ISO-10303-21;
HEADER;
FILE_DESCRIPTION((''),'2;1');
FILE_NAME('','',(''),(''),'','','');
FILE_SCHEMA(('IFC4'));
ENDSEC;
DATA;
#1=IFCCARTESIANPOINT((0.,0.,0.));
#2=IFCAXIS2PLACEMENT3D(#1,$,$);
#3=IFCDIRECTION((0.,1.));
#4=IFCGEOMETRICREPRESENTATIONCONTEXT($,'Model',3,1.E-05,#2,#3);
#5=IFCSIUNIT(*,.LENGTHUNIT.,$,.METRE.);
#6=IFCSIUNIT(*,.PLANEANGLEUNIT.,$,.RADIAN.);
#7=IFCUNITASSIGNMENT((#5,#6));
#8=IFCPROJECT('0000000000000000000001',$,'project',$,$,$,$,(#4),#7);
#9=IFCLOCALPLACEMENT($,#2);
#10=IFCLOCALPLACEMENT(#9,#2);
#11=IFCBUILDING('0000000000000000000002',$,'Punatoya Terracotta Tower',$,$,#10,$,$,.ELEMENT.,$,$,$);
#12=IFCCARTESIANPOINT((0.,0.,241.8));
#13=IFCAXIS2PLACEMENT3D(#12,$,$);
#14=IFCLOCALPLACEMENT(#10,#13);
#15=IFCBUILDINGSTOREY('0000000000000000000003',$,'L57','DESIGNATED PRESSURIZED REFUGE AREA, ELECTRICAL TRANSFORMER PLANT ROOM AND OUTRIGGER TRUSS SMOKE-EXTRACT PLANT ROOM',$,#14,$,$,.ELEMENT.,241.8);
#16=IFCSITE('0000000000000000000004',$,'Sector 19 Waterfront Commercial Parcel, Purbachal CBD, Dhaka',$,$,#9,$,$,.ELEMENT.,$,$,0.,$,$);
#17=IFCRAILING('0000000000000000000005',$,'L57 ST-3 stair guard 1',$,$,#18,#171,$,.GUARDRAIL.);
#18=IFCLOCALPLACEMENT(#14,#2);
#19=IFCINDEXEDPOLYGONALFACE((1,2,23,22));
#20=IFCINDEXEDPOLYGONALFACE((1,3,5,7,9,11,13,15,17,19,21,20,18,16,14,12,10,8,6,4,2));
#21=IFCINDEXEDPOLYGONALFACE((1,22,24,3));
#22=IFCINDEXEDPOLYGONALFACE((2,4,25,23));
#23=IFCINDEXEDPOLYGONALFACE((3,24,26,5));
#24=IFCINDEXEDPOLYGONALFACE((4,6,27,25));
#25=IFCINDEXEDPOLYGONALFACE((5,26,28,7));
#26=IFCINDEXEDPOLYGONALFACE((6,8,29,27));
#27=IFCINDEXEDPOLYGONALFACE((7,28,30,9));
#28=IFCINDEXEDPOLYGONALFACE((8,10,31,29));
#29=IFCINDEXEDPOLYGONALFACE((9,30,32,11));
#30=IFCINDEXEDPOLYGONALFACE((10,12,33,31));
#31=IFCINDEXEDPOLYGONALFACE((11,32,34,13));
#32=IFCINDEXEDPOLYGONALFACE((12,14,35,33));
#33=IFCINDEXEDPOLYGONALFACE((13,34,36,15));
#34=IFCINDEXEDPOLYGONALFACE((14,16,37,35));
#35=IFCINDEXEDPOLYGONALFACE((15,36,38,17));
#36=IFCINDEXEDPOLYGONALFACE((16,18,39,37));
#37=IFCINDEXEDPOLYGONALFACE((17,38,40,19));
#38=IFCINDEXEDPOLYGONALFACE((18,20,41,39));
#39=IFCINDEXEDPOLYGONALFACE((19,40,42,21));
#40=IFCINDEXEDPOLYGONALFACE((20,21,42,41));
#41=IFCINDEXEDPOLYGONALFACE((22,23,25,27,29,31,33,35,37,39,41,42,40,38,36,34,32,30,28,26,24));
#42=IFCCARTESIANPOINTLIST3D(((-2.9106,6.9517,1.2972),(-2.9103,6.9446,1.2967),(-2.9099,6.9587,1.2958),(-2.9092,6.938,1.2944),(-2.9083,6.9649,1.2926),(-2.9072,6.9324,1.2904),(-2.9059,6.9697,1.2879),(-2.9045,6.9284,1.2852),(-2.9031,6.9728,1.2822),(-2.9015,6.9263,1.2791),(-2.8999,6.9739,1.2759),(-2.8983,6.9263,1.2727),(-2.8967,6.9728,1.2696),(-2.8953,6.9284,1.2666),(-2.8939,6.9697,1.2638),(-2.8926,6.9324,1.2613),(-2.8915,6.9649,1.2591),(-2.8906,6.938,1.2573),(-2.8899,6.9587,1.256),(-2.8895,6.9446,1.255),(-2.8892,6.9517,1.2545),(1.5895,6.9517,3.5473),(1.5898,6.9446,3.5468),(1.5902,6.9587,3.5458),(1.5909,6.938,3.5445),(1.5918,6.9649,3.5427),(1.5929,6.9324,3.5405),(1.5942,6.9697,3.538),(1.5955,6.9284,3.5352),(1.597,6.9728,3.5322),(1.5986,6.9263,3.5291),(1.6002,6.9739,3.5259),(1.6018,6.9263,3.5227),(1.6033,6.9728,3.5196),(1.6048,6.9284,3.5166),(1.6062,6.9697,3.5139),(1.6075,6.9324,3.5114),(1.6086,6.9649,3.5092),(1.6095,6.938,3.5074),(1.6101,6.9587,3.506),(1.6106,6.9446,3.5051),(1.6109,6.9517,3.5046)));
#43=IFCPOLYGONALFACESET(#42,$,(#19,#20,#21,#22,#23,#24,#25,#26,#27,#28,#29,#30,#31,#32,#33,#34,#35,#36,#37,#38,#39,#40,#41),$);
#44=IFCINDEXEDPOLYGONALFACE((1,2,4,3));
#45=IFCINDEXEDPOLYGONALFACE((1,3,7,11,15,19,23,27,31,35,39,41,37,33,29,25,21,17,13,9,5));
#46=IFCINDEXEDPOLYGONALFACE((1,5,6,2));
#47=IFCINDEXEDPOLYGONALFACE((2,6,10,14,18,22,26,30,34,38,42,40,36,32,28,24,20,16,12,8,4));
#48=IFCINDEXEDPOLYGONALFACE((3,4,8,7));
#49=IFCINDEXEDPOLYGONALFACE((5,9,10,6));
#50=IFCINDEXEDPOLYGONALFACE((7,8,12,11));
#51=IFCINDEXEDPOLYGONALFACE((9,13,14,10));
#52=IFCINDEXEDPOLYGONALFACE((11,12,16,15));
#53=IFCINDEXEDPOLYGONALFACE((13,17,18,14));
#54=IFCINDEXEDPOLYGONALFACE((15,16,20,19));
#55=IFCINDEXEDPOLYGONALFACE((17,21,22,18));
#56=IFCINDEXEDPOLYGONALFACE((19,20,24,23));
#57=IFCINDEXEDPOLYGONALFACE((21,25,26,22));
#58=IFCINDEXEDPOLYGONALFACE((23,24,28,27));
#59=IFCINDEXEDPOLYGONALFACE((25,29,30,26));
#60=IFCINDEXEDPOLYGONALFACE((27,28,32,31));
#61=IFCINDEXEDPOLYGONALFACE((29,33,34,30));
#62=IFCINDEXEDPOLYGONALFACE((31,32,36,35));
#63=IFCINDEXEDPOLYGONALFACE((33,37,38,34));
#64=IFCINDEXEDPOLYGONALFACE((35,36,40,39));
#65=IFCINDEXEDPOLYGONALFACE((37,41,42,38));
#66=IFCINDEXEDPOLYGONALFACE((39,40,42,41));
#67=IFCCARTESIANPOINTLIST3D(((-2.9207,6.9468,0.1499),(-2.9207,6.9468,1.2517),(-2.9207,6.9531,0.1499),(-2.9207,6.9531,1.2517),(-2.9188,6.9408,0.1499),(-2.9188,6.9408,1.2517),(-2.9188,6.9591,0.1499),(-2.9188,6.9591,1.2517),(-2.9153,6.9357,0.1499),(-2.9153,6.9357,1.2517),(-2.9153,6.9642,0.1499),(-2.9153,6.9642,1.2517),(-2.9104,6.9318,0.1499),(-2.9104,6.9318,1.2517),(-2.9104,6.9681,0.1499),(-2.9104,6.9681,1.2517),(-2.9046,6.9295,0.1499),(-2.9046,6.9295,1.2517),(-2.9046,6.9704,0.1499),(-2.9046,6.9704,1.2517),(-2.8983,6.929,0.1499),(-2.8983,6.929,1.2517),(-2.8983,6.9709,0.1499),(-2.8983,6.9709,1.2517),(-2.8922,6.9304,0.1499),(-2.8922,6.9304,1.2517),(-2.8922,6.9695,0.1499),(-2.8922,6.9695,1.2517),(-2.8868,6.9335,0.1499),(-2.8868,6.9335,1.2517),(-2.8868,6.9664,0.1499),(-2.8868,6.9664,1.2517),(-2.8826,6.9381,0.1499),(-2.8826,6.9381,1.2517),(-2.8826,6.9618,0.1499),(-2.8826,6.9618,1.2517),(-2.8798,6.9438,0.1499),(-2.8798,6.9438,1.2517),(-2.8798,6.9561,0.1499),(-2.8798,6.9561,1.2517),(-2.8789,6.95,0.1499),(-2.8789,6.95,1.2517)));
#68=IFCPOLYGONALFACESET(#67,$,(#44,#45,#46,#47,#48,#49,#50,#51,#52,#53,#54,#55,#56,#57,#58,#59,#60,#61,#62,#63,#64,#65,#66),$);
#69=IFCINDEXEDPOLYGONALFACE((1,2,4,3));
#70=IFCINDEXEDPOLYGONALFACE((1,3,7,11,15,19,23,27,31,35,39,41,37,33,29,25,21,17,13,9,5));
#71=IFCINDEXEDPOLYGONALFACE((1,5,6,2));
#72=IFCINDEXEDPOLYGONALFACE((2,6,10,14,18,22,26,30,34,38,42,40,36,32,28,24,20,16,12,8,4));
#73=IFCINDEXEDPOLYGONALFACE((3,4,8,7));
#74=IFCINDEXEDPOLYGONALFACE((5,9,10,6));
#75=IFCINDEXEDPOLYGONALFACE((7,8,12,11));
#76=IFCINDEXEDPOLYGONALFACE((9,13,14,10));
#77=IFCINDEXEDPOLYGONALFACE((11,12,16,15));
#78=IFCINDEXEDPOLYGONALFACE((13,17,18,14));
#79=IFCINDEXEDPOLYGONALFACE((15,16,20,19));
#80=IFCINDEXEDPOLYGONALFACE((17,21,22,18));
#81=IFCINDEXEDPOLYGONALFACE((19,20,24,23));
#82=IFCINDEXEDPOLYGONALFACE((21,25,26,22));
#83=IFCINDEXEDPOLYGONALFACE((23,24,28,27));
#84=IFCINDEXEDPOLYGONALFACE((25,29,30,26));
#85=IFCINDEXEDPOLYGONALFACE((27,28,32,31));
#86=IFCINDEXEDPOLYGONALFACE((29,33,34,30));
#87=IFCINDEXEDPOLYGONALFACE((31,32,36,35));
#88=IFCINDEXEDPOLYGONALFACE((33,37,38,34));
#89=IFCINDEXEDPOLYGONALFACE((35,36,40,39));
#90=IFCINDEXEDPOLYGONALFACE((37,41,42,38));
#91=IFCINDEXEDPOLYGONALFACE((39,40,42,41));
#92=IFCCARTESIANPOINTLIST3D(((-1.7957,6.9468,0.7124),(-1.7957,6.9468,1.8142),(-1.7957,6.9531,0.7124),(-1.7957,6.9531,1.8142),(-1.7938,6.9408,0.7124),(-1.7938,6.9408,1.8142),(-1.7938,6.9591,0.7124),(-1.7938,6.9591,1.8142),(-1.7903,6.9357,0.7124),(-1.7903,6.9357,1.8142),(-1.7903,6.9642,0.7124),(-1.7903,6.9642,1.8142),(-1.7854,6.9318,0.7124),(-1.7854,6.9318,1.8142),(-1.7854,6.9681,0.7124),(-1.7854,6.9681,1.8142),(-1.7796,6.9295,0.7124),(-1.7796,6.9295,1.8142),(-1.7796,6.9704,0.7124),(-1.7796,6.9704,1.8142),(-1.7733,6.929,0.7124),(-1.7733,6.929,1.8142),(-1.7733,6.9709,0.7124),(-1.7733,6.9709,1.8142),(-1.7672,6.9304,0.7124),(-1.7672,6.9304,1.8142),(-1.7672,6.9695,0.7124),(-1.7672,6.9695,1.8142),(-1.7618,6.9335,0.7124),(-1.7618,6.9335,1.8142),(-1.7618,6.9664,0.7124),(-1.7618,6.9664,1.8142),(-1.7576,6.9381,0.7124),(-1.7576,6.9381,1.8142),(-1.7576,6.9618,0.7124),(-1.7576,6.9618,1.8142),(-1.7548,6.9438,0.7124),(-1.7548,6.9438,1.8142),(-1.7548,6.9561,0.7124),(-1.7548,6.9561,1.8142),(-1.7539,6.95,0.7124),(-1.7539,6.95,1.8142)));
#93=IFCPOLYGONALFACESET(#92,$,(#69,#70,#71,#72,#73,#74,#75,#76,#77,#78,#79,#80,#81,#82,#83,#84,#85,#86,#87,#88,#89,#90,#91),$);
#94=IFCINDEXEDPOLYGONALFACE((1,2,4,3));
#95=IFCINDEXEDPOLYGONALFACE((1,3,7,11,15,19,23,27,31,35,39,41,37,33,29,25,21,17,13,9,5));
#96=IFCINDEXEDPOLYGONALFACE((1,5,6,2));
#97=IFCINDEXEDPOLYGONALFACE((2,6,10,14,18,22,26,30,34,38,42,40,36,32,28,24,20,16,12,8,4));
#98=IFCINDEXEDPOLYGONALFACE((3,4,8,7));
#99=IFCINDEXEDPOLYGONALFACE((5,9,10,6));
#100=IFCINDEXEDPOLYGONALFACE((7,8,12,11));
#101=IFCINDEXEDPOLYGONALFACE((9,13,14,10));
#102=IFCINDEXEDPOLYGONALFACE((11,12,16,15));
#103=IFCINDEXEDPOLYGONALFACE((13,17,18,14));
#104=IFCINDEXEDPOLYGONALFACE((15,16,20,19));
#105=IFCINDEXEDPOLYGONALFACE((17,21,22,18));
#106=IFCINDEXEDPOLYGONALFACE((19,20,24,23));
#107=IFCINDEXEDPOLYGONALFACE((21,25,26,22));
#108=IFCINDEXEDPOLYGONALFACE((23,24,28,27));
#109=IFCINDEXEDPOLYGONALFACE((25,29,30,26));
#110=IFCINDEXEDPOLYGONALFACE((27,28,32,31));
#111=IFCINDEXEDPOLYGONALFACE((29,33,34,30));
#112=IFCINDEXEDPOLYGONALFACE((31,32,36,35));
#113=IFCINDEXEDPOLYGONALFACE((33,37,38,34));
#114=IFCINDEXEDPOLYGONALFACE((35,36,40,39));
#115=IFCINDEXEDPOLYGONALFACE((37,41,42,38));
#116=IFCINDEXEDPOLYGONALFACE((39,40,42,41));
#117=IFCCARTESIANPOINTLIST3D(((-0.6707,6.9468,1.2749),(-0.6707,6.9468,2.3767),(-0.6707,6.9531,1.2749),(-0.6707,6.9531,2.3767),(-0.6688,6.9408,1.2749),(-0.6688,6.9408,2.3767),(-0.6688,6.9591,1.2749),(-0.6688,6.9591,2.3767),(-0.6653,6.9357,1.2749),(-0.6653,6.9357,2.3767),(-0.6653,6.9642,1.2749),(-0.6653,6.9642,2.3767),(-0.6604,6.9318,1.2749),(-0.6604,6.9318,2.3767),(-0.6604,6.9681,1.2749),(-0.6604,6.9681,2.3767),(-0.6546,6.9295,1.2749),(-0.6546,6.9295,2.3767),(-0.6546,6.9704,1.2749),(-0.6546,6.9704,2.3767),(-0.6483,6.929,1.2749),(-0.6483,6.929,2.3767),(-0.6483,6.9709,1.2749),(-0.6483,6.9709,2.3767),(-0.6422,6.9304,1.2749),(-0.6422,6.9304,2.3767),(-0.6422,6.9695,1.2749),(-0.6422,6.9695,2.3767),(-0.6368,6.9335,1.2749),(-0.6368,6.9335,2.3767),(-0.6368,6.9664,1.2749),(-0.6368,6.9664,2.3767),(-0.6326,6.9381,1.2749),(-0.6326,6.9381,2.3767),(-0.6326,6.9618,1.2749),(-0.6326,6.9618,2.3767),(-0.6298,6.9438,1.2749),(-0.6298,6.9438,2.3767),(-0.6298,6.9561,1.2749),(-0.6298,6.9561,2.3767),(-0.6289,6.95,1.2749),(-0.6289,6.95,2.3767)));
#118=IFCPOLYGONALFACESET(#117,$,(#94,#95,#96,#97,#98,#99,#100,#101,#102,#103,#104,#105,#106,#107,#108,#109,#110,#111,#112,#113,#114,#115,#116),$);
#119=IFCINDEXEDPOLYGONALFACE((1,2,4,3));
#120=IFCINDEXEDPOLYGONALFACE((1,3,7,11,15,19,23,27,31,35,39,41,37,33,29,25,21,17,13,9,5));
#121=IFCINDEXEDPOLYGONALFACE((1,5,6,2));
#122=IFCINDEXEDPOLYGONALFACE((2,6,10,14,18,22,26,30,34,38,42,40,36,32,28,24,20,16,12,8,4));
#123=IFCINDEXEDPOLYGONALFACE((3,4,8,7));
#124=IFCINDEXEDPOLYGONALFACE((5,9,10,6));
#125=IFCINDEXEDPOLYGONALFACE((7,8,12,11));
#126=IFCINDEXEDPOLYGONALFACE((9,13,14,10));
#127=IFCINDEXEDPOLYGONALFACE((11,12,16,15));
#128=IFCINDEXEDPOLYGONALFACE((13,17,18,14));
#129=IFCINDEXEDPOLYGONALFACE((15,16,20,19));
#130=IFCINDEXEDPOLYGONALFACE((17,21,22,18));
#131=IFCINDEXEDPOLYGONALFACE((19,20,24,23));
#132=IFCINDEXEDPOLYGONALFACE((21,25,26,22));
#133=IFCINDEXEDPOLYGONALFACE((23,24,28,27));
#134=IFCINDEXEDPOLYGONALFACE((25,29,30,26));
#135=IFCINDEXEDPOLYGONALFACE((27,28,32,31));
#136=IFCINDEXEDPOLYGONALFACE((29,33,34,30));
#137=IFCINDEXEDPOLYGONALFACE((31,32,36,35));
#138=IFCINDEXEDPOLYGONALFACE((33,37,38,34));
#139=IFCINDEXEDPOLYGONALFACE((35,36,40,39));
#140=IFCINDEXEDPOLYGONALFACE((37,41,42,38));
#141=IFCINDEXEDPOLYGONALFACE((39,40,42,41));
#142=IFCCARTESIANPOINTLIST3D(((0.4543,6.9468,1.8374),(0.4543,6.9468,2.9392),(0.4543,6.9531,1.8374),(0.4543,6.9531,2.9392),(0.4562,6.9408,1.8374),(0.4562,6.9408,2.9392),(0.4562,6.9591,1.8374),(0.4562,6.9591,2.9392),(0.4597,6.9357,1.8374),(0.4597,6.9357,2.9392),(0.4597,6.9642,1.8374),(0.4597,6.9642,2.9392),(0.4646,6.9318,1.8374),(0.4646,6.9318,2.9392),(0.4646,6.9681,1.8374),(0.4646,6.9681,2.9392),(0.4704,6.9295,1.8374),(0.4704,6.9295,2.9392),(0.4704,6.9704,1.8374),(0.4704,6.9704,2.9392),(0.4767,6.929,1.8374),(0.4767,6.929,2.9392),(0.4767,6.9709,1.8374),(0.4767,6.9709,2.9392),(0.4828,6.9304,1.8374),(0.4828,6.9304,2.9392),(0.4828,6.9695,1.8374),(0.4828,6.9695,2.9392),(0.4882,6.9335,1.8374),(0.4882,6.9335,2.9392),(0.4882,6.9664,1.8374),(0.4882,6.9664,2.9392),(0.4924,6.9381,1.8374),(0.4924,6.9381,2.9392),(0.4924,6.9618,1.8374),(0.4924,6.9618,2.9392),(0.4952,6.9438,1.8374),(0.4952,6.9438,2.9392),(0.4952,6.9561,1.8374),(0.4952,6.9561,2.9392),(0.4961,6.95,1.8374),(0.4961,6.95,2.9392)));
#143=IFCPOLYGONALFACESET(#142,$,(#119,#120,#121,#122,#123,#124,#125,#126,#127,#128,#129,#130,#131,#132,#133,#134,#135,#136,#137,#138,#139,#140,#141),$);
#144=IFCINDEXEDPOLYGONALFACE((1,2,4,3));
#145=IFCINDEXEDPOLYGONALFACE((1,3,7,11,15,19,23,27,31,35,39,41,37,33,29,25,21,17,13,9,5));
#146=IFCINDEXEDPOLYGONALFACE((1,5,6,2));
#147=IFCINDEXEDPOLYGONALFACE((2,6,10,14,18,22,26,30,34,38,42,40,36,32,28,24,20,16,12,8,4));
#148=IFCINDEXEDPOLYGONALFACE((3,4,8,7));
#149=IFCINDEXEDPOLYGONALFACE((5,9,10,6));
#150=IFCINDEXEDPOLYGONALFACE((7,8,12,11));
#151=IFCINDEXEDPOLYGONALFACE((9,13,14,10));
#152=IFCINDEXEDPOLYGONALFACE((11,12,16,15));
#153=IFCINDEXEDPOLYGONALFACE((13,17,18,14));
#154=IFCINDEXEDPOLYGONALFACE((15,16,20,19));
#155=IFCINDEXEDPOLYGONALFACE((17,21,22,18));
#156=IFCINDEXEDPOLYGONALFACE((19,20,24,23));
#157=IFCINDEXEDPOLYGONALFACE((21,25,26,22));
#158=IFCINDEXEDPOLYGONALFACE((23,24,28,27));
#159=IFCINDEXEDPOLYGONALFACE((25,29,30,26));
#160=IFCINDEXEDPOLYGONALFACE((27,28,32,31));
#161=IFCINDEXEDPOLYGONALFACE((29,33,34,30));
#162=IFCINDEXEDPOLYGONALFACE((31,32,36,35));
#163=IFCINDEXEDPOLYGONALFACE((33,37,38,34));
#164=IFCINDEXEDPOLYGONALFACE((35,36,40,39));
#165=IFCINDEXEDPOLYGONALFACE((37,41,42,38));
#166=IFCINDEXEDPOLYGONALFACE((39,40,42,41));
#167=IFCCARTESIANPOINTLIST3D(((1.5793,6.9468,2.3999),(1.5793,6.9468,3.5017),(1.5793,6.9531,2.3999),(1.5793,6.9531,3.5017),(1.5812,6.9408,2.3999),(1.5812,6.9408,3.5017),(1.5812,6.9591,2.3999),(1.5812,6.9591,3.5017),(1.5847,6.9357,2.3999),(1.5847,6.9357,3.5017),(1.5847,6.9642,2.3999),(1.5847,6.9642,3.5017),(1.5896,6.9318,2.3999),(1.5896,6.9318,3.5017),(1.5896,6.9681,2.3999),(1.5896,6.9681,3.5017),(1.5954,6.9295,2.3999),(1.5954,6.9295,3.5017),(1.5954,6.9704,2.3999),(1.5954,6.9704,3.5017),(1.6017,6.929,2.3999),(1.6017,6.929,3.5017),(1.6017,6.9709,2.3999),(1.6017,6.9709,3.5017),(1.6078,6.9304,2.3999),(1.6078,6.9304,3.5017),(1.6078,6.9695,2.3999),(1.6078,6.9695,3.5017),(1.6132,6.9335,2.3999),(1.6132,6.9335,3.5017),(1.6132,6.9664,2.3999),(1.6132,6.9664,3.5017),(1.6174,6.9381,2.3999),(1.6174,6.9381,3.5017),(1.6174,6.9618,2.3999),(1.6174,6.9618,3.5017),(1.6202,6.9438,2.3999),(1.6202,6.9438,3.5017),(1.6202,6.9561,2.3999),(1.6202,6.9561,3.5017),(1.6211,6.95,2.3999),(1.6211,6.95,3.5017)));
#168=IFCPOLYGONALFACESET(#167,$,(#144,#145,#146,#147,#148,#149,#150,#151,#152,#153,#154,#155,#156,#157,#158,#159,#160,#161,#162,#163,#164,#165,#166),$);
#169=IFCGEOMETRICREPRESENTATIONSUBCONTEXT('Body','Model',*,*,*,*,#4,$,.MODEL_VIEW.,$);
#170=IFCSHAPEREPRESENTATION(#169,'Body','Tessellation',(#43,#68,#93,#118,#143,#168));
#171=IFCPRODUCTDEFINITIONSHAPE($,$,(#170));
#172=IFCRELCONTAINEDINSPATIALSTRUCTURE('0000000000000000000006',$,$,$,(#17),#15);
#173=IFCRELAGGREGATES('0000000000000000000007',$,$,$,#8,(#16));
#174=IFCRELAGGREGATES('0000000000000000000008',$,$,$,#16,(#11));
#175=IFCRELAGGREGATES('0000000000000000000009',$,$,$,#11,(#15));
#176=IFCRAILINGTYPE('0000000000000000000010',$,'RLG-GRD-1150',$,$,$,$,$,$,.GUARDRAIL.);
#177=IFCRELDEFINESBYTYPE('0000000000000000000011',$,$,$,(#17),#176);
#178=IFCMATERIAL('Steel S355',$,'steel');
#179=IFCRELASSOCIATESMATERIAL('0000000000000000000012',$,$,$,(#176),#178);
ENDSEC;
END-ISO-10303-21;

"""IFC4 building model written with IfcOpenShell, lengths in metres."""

from ifc_helpers import new_model, si_unit, direction, frame, origin, origin_2d, place, context, subcontext, project, spatial, circle, extrude, material, type_object, element, save


model = new_model("IFC4")

# Units and contexts
model_context = context("Model", 3, precision=1e-05, world=origin(), true_north=direction((0.0, 1.0)))
body_context = subcontext(model_context, "Body", "Model", "MODEL_VIEW")
ifc_project = project(units=[si_unit("LENGTHUNIT", "METRE"), si_unit("PLANEANGLEUNIT", "RADIAN")], contexts=[model_context])

# Site, building, storey
site_placement = place(None, origin())
site = spatial("IfcSite", under=ifc_project, at=site_placement, Name="Sector 19 Waterfront Commercial Parcel, Purbachal CBD, Dhaka", CompositionType="ELEMENT", RefElevation=0.0)
building_placement = place(site_placement, origin())
building = spatial("IfcBuilding", under=site, at=building_placement, Name="Punatoya Terracotta Tower", CompositionType="ELEMENT")
storey_placement = place(building_placement, frame((0.0, 0.0, 241.8)))
storey = spatial("IfcBuildingStorey", under=building, at=storey_placement, Name="L57", Description="DESIGNATED PRESSURIZED REFUGE AREA, ELECTRICAL TRANSFORMER PLANT ROOM AND OUTRIGGER TRUSS SMOKE-EXTRACT PLANT ROOM", CompositionType="ELEMENT", Elevation=241.8)

# Shared definitions
ifc_material_1 = material(Name="Steel S355", Category="steel")

# Railing
railing_type_1 = type_object("IfcRailingType", Name="RLG-GRD-1150", PredefinedType="GUARDRAIL", material=ifc_material_1)
railing_1_placement = place(storey_placement, frame((-2.8999, 6.95, 0.1499)))
element("IfcRailing", 1, at=railing_1_placement, inside=storey, type_object=railing_type_1, Name="L57 ST-3 stair guard 1", PredefinedType="GUARDRAIL", context=body_context, shape_type="SweptSolid", body=[
    extrude(circle(Radius=0.0239, at=origin_2d()), frame((0.0, 0.0, 1.126), z_axis=(0.894427, 0.0, 0.447214), x_axis=(0.0, 1.0, 0.0)), (0.0, 0.0, 1.0), 5.0312),
    extrude(circle(Radius=0.021, at=origin_2d()), origin(), (0.0, 0.0, 1.0), 1.1018),
    extrude(circle(Radius=0.021, at=origin_2d()), frame((1.125, 0.0, 0.5625)), (0.0, 0.0, 1.0), 1.1018),
    extrude(circle(Radius=0.021, at=origin_2d()), frame((2.25, 0.0, 1.125)), (0.0, 0.0, 1.0), 1.1018),
    extrude(circle(Radius=0.021, at=origin_2d()), frame((3.375, 0.0, 1.6875)), (0.0, 0.0, 1.0), 1.1018),
    extrude(circle(Radius=0.021, at=origin_2d()), frame((4.5, 0.0, 2.25)), (0.0, 0.0, 1.0), 1.1018),
])

save(model, "model.ifc")
